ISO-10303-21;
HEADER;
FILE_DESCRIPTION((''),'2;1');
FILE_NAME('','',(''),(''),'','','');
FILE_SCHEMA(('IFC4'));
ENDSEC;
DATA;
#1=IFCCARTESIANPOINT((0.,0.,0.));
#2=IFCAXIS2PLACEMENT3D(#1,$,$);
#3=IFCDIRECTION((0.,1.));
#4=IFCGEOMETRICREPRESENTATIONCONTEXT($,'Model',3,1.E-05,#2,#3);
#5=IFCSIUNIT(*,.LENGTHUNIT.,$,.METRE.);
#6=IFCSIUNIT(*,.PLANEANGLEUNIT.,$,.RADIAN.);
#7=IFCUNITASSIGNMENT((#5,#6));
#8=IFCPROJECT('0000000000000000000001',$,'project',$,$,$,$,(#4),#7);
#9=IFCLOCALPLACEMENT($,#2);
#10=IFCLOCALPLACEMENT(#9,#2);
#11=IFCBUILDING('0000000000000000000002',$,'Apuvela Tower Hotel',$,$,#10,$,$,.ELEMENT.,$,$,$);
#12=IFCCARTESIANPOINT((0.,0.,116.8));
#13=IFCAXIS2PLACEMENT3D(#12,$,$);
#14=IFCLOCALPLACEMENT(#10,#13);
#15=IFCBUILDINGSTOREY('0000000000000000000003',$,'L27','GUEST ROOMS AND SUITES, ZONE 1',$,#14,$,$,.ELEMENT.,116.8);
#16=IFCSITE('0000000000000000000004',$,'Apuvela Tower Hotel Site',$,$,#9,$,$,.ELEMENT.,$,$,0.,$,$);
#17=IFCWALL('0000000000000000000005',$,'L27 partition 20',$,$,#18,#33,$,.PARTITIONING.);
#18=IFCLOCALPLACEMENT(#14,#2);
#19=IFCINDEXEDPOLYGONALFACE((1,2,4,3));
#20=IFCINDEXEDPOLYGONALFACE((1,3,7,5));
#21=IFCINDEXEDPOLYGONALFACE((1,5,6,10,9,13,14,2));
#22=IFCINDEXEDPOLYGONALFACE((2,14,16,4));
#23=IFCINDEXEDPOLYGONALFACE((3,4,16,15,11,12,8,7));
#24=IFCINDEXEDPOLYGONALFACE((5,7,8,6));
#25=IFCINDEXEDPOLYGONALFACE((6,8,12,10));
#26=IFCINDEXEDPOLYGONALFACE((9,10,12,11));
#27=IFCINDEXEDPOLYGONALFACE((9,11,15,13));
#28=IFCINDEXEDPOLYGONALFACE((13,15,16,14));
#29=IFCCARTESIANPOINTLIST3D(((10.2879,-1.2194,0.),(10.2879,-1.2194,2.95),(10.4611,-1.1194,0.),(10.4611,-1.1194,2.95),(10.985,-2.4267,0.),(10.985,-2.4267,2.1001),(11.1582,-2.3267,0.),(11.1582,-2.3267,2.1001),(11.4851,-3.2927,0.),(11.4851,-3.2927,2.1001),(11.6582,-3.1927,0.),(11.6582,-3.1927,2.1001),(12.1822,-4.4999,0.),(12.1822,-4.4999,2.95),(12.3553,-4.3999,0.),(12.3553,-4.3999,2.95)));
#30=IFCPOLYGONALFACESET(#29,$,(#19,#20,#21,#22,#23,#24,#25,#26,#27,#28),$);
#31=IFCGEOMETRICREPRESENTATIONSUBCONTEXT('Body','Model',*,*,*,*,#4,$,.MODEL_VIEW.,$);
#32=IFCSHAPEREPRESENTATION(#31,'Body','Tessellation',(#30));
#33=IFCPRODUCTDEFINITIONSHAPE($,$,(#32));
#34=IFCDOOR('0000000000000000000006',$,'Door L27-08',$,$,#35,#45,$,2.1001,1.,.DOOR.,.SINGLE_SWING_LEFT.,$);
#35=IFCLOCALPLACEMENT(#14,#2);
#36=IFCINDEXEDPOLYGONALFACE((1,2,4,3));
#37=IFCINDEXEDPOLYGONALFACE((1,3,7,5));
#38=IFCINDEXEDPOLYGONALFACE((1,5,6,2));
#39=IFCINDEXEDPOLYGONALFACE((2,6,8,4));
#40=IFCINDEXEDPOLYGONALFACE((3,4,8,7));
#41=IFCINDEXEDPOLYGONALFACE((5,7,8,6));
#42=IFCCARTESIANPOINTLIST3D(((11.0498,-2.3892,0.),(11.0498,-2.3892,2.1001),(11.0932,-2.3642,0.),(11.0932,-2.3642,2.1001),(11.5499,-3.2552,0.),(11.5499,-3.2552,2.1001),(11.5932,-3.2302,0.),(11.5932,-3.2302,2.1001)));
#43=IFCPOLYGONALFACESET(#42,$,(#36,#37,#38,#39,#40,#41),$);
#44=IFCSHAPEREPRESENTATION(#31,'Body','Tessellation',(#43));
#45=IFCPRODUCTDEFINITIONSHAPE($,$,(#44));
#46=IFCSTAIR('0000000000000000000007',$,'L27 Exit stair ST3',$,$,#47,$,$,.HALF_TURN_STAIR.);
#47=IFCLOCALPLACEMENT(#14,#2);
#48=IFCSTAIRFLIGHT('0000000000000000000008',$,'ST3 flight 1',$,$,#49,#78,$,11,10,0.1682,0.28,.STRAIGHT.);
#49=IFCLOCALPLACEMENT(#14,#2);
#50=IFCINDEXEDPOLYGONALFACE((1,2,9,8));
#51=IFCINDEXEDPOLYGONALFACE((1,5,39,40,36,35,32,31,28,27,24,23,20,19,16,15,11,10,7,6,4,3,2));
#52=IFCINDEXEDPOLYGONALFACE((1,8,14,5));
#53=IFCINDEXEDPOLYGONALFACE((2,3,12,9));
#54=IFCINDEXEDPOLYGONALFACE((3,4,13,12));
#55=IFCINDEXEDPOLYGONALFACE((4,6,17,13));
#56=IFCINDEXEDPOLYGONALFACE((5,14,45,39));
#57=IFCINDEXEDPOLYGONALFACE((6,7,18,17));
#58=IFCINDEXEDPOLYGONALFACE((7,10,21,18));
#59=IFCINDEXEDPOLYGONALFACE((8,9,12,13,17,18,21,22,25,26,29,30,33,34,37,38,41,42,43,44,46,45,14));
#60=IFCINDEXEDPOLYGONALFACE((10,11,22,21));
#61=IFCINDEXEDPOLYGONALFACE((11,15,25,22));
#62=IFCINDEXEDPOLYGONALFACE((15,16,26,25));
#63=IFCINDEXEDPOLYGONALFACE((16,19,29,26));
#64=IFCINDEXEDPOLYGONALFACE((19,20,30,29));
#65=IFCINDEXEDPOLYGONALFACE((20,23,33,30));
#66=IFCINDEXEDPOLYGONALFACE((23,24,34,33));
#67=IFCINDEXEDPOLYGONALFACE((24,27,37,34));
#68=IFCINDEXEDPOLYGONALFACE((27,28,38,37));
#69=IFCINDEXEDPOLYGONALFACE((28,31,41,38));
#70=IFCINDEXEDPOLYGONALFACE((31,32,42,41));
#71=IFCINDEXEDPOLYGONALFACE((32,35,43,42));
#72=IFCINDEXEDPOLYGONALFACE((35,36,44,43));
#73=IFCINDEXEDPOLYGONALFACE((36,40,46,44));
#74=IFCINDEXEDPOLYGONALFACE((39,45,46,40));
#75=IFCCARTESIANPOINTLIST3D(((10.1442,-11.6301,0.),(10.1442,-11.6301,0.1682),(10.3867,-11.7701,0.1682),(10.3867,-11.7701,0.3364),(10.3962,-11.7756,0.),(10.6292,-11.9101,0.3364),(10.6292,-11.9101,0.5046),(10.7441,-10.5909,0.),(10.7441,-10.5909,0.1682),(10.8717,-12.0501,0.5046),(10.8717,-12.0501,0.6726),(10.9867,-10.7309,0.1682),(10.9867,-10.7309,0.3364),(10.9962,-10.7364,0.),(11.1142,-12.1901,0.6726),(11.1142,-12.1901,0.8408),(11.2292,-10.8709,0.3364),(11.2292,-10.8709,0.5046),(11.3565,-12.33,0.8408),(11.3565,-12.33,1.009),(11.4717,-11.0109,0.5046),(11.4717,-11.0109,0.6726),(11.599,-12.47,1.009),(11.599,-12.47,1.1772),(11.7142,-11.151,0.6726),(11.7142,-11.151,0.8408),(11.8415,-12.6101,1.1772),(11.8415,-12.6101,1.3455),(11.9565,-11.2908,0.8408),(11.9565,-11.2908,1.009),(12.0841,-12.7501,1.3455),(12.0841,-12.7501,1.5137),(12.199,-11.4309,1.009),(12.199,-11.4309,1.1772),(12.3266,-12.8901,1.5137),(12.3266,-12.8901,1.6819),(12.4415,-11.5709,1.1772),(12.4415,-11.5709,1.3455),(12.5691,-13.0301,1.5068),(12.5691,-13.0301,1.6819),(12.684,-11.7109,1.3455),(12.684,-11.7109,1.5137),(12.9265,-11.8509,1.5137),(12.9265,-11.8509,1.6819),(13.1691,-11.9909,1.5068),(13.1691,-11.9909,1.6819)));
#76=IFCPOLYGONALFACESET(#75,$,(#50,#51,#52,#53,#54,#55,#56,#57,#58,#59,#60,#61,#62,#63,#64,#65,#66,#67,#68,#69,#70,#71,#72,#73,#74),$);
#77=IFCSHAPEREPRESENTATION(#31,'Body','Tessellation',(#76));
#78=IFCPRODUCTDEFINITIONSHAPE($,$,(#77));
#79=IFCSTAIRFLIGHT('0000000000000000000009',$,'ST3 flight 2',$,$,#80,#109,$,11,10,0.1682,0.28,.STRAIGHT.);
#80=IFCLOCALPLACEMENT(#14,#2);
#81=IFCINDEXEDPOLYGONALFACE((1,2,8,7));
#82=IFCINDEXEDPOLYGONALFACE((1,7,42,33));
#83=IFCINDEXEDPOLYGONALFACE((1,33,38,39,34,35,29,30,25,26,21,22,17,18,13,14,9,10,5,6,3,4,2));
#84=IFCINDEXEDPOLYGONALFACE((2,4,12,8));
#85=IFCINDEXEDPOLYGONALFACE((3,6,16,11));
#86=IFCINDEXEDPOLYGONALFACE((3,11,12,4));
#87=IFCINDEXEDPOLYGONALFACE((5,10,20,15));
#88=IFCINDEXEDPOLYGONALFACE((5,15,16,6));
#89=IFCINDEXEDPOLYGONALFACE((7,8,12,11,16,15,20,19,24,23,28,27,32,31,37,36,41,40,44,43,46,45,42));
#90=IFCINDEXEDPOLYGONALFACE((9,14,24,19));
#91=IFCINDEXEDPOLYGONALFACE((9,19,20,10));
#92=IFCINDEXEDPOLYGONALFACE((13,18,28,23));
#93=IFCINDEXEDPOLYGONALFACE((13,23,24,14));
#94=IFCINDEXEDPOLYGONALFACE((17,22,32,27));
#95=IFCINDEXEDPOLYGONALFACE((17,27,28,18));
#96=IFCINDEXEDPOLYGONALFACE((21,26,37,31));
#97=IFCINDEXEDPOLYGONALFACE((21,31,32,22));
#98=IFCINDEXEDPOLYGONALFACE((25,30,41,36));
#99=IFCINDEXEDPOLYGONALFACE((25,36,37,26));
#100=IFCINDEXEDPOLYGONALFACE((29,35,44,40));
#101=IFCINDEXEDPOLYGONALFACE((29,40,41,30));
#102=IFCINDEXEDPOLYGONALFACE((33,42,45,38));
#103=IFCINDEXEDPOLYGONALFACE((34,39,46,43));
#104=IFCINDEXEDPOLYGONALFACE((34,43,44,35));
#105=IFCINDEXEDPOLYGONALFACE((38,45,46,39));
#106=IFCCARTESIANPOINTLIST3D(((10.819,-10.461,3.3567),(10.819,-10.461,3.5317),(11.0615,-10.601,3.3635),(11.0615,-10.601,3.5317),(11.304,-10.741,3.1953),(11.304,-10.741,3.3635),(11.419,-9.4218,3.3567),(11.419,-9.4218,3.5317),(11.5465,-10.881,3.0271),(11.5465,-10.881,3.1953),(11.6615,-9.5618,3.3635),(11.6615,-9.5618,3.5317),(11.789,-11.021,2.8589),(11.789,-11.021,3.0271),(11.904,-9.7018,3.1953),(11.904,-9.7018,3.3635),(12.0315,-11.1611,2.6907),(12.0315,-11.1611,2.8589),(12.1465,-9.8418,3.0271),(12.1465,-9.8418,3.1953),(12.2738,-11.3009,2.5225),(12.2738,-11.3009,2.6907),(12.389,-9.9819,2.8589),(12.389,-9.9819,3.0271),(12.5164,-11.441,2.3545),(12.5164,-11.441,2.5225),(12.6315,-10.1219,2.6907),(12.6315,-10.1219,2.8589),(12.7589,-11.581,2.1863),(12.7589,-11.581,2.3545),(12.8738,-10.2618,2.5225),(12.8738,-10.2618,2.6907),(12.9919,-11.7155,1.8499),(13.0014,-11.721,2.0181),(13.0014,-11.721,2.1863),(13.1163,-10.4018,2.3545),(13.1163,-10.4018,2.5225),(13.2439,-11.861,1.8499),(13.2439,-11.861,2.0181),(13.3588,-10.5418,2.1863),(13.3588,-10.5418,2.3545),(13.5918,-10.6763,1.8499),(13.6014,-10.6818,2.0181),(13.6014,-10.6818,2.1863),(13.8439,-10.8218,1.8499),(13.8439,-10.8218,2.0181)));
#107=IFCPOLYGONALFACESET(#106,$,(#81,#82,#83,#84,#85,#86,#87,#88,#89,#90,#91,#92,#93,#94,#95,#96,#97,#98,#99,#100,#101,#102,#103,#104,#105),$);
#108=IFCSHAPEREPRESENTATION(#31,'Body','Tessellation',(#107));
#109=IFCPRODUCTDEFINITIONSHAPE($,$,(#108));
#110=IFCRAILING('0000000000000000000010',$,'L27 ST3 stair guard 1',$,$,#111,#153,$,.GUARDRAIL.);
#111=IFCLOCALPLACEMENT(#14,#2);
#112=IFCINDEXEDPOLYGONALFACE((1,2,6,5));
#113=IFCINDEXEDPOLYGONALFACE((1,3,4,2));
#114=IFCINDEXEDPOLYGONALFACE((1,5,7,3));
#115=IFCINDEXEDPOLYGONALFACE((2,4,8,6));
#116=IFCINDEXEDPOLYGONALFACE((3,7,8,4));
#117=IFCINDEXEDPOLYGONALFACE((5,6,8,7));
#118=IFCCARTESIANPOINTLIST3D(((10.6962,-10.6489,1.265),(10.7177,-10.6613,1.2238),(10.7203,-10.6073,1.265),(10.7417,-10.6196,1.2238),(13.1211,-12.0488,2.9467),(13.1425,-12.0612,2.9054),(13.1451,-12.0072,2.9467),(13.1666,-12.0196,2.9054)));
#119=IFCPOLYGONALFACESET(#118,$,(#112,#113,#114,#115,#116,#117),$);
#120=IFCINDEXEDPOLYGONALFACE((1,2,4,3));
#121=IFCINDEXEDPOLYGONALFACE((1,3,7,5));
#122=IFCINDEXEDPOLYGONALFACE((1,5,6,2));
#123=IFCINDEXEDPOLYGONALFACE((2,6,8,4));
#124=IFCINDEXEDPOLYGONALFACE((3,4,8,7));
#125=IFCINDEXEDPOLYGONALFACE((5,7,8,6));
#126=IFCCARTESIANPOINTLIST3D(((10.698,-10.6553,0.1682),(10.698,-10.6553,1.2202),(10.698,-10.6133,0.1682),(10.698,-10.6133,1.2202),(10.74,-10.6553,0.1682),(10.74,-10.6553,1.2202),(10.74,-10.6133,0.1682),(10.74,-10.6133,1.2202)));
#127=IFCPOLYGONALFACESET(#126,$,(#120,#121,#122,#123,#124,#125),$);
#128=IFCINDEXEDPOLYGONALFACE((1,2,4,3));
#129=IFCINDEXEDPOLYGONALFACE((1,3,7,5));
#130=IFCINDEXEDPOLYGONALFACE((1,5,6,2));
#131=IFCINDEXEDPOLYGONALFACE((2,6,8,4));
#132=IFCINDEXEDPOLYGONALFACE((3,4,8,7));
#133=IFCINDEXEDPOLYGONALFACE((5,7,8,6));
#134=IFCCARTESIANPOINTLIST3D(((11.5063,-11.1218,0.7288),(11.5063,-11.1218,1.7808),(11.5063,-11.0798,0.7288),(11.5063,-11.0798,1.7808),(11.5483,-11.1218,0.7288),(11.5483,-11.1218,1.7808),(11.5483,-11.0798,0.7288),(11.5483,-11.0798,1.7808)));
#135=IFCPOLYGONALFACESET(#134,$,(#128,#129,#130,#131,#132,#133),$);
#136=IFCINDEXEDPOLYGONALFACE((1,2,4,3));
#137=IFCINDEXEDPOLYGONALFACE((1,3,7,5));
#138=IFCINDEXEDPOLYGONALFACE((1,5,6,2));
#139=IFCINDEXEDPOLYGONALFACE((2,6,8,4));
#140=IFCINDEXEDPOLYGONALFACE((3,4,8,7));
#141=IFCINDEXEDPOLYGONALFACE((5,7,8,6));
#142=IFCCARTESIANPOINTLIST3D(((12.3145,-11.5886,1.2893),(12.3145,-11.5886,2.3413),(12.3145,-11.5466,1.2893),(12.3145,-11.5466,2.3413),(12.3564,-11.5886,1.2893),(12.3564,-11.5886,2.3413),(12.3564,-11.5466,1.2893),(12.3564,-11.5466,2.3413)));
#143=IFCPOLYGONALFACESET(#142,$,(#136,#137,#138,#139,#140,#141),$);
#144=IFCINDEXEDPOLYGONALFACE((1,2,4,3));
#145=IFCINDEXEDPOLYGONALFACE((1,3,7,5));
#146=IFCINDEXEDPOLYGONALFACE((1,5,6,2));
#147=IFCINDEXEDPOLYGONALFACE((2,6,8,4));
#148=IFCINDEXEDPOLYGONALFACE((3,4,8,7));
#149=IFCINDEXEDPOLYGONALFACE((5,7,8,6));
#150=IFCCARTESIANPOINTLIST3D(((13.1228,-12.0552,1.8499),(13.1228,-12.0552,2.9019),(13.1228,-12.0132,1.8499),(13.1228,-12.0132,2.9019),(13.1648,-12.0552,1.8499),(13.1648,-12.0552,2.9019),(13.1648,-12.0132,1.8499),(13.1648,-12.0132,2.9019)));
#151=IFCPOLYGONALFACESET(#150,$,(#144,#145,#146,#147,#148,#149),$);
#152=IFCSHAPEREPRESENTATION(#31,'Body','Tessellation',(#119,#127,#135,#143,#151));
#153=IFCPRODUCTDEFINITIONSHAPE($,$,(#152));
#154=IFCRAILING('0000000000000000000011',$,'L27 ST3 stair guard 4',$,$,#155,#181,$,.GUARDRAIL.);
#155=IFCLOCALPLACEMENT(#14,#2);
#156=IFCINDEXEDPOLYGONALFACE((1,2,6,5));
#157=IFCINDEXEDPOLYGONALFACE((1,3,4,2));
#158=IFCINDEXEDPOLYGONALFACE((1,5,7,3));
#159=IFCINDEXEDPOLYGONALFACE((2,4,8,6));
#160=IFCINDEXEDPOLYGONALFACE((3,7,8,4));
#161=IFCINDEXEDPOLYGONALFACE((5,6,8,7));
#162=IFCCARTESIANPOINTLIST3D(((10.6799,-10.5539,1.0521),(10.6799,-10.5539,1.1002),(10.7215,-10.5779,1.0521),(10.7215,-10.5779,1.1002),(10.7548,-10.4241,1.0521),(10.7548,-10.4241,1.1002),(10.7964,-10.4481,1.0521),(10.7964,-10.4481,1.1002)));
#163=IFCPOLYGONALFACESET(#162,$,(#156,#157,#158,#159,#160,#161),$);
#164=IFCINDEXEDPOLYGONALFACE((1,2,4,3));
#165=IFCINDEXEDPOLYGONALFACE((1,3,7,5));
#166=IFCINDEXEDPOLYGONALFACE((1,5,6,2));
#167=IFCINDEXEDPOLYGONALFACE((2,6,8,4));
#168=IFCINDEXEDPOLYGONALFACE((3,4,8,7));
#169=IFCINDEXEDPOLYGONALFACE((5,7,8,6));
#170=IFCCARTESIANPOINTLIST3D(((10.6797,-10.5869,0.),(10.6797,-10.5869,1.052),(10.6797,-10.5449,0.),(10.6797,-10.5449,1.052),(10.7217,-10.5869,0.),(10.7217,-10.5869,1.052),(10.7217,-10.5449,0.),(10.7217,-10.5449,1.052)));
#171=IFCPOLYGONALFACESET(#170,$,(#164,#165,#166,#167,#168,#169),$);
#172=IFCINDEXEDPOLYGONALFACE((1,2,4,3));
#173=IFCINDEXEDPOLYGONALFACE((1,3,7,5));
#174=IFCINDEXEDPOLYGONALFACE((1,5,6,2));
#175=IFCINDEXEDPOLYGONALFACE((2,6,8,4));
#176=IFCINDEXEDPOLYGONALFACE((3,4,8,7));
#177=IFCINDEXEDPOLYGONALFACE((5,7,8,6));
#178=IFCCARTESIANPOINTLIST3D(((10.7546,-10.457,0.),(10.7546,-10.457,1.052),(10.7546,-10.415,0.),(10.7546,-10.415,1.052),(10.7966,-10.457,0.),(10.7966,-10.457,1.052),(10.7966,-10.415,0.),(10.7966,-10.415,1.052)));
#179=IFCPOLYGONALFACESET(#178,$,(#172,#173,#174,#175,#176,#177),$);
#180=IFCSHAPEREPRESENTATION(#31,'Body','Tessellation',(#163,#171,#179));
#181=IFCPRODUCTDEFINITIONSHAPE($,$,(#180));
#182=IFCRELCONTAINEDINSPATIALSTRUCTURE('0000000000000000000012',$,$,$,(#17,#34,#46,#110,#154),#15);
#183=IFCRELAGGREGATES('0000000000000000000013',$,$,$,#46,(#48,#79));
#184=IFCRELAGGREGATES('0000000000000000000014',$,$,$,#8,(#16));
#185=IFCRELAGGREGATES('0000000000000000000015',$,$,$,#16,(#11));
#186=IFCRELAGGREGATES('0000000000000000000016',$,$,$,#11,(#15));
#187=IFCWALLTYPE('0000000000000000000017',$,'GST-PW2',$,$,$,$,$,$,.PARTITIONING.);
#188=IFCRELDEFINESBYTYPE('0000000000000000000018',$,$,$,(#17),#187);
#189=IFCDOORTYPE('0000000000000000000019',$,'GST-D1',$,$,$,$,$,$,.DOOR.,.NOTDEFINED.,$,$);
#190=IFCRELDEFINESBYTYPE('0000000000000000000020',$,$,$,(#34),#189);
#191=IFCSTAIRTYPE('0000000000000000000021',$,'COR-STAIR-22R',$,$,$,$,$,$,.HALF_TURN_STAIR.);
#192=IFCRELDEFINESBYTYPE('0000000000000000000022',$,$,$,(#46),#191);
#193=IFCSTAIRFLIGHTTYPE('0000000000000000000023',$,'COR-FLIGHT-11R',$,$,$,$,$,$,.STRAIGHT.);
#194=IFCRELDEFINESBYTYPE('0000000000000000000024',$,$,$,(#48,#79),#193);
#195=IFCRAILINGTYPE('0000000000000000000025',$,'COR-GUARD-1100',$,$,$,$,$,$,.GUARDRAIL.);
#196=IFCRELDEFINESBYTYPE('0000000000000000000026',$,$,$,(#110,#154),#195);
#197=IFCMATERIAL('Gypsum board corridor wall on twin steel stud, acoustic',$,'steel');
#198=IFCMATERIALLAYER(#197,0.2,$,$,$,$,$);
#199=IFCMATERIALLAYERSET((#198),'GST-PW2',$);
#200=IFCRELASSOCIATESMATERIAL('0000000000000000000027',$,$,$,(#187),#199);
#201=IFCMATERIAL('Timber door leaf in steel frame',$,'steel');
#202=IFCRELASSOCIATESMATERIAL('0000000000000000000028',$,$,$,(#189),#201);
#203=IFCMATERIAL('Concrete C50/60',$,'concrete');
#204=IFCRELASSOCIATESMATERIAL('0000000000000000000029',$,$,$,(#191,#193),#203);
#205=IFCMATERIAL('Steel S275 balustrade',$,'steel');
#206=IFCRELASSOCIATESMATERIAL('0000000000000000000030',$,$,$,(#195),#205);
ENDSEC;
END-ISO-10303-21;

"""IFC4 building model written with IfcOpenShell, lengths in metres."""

from ifc_helpers import new_model, si_unit, direction, frame, frame_2d, origin, origin_2d, place, context, subcontext, project, spatial, polyline, rectangle, outline, extrude, material, layer, layer_set, type_object, element, fill, aggregate, save


model = new_model("IFC4")

# Units and contexts
model_context = context("Model", 3, precision=1e-05, world=origin(), true_north=direction((0.0, 1.0)))
body_context = subcontext(model_context, "Body", "Model", "MODEL_VIEW")
ifc_project = project(units=[si_unit("LENGTHUNIT", "METRE"), si_unit("PLANEANGLEUNIT", "RADIAN")], contexts=[model_context])

# Site, building, storey
site_placement = place(None, origin())
site = spatial("IfcSite", under=ifc_project, at=site_placement, Name="Apuvela Tower Hotel Site", CompositionType="ELEMENT", RefElevation=0.0)
building_placement = place(site_placement, origin())
building = spatial("IfcBuilding", under=site, at=building_placement, Name="Apuvela Tower Hotel", CompositionType="ELEMENT")
storey_placement = place(building_placement, frame((0.0, 0.0, 116.8)))
storey = spatial("IfcBuildingStorey", under=building, at=storey_placement, Name="L27", Description="GUEST ROOMS AND SUITES, ZONE 1", CompositionType="ELEMENT", Elevation=116.8)

# Shared definitions
ifc_material_1 = material(Name="Concrete C50/60", Category="concrete")

# Wall, opening, door
ifc_material_2 = material(Name="Gypsum board corridor wall on twin steel stud, acoustic", Category="steel")
ifc_layer_1 = layer(ifc_material_2, 0.2)
ifc_layer_set_1 = layer_set([ifc_layer_1], Name="GST-PW2")
wall_type_1 = type_object("IfcWallType", Name="GST-PW2", PredefinedType="PARTITIONING", material=ifc_layer_set_1)
ifc_material_3 = material(Name="Timber door leaf in steel frame", Category="steel")
door_type_1 = type_object("IfcDoorType", Name="GST-D1", OperationType="NOTDEFINED", PredefinedType="DOOR", material=ifc_material_3)
wall_1_placement = place(storey_placement, frame((10.3745, -1.1694, 0.0), z_axis=(0.0, 0.0, 1.0), x_axis=(0.500055, -0.865993, 0.0)))
wall_1 = element("IfcWall", 1, at=wall_1_placement, inside=storey, type_object=wall_type_1, Name="L27 partition 20", PredefinedType="PARTITIONING", context=body_context, shape_type="SweptSolid", body=[
    extrude(rectangle(XDim=3.7881, YDim=0.2, at=frame_2d((1.894, 0.0))), origin(), (0.0, 0.0, 1.0), 2.95),
])
opening_1_placement = place(wall_1_placement, frame((1.394, 0.0, 0.0)))
opening_1 = element("IfcOpeningElement", 2, at=opening_1_placement, cuts=wall_1, PredefinedType="OPENING", context=body_context, shape_type="SweptSolid", body=[
    extrude(rectangle(XDim=1.0, YDim=2.1001, at=frame_2d((0.5, 1.05))), frame((0.0, 0.1099, 0.0), z_axis=(0.0, -1.0, 0.0), x_axis=(1.0, 0.0, 0.0)), (0.0, 0.0, 1.0), 0.22),
])
door_1_placement = place(opening_1_placement, origin())
door_1 = element("IfcDoor", 3, at=door_1_placement, inside=storey, type_object=door_type_1, Name="Door L27-08", OperationType="SINGLE_SWING_LEFT", OverallHeight=2.1001, OverallWidth=1.0, PredefinedType="DOOR", context=body_context, shape_type="SweptSolid", body=[
    extrude(rectangle(XDim=1.0, YDim=2.1001, at=frame_2d((0.5, 1.05))), frame((0.0, 0.0249, 0.0), z_axis=(0.0, -1.0, 0.0), x_axis=(1.0, 0.0, 0.0)), (0.0, 0.0, 1.0), 0.05),
])
fill(opening_1, door_1)

# Stair, stair flights
stair_type = type_object("IfcStairType", Name="COR-STAIR-22R", PredefinedType="HALF_TURN_STAIR", material=ifc_material_1)
stair_placement = place(storey_placement, origin())
stair = element("IfcStair", 4, at=stair_placement, inside=storey, type_object=stair_type, Name="L27 Exit stair ST3", PredefinedType="HALF_TURN_STAIR")
stair_flight_type = type_object("IfcStairFlightType", Name="COR-FLIGHT-11R", PredefinedType="STRAIGHT", material=ifc_material_1)
stair_flight_1_placement = place(storey_placement, frame((10.4441, -11.1106, 0.0), z_axis=(0.0, 0.0, 1.0), x_axis=(0.866025, -0.5, 0.0)))
stair_flight_1 = element("IfcStairFlight", 5, at=stair_flight_1_placement, type_object=stair_flight_type, Name="ST3 flight 1", NumberOfRisers=11, NumberOfTreads=10, PredefinedType="STRAIGHT", RiserHeight=0.1682, TreadLength=0.28, context=body_context, shape_type="SweptSolid", body=[
    extrude(outline(polyline([(0.0, 0.0), (0.0, 0.1682), (0.28, 0.1682), (0.28, 0.3364), (0.5601, 0.3364), (0.5601, 0.5046), (0.8401, 0.5046), (0.8401, 0.6726), (1.1201, 0.6726), (1.1201, 0.8408), (1.3999, 0.8408), (1.3999, 1.009), (1.6799, 1.009), (1.6799, 1.1772), (1.96, 1.1772), (1.96, 1.3455), (2.24, 1.3455), (2.24, 1.5137), (2.52, 1.5137), (2.52, 1.6819), (2.8, 1.6819), (2.8, 1.8501), (2.8, 1.5068), (0.291, 0.0), (0.0, 0.0)])), frame((0.0, 0.6001, 0.0), z_axis=(0.0, -1.0, 0.0), x_axis=(1.0, 0.0, 0.0)), (0.0, 0.0, 1.0), 1.2),
])
stair_flight_2_placement = place(storey_placement, frame((13.5439, -11.3413, 1.8499), z_axis=(0.0, 0.0, 1.0), x_axis=(-0.866025, 0.5, 0.0)))
stair_flight_2 = element("IfcStairFlight", 6, at=stair_flight_2_placement, type_object=stair_flight_type, Name="ST3 flight 2", NumberOfRisers=11, NumberOfTreads=10, PredefinedType="STRAIGHT", RiserHeight=0.1682, TreadLength=0.28, context=body_context, shape_type="SweptSolid", body=[
    extrude(outline(polyline([(0.0, 0.0), (0.0, 0.1682), (0.28, 0.1682), (0.28, 0.3364), (0.5601, 0.3364), (0.5601, 0.5046), (0.8401, 0.5046), (0.8401, 0.6726), (1.1201, 0.6726), (1.1201, 0.8408), (1.3999, 0.8408), (1.3999, 1.009), (1.6799, 1.009), (1.6799, 1.1772), (1.96, 1.1772), (1.96, 1.3455), (2.24, 1.3455), (2.24, 1.5137), (2.52, 1.5137), (2.52, 1.6819), (2.8, 1.6819), (2.8, 1.8501), (2.8, 1.5068), (0.291, 0.0), (0.0, 0.0)])), frame((0.0, 0.6001, 0.0), z_axis=(0.0, -1.0, 0.0), x_axis=(1.0, 0.0, 0.0)), (0.0, 0.0, 1.0), 1.2),
])
aggregate(stair, [stair_flight_1, stair_flight_2])

# Railings
ifc_material_4 = material(Name="Steel S275 balustrade", Category="steel")
railing_type_1 = type_object("IfcRailingType", Name="COR-GUARD-1100", PredefinedType="GUARDRAIL", material=ifc_material_4)
railing_1_placement = place(storey_placement, frame((10.719, -10.6343, 0.1682)))
element("IfcRailing", 7, at=railing_1_placement, inside=storey, type_object=railing_type_1, Name="L27 ST3 stair guard 1", PredefinedType="GUARDRAIL", context=body_context, shape_type="SweptSolid", body=[
    extrude(rectangle(XDim=0.0481, YDim=0.0481, at=origin_2d()), frame((0.0, 0.0, 1.0762), z_axis=(0.742419, -0.428618, 0.514879), x_axis=(0.499984, 0.866035, 0.0)), (0.0, 0.0, 1.0), 3.2661),
    extrude(rectangle(XDim=0.042, YDim=0.042, at=origin_2d()), origin(), (0.0, 0.0, 1.0), 1.052),
    extrude(rectangle(XDim=0.042, YDim=0.042, at=origin_2d()), frame((0.8083, -0.4666, 0.5605)), (0.0, 0.0, 1.0), 1.052),
    extrude(rectangle(XDim=0.042, YDim=0.042, at=origin_2d()), frame((1.6165, -0.9333, 1.1211)), (0.0, 0.0, 1.0), 1.052),
    extrude(rectangle(XDim=0.042, YDim=0.042, at=origin_2d()), frame((2.4248, -1.3999, 1.6816)), (0.0, 0.0, 1.0), 1.052),
])
railing_2_placement = place(storey_placement, frame((10.7007, -10.5659, 0.0)))
element("IfcRailing", 8, at=railing_2_placement, inside=storey, type_object=railing_type_1, Name="L27 ST3 stair guard 4", PredefinedType="GUARDRAIL", context=body_context, shape_type="SweptSolid", body=[
    extrude(rectangle(XDim=0.0481, YDim=0.0481, at=origin_2d()), frame((0.0, 0.0, 1.0762), z_axis=(0.499816, 0.866131, 0.0), x_axis=(-0.866131, 0.499816, 0.0)), (0.0, 0.0, 1.0), 0.1499),
    extrude(rectangle(XDim=0.042, YDim=0.042, at=origin_2d()), origin(), (0.0, 0.0, 1.0), 1.052),
    extrude(rectangle(XDim=0.042, YDim=0.042, at=origin_2d()), frame((0.075, 0.1299, 0.0)), (0.0, 0.0, 1.0), 1.052),
])

save(model, "model.ifc")
